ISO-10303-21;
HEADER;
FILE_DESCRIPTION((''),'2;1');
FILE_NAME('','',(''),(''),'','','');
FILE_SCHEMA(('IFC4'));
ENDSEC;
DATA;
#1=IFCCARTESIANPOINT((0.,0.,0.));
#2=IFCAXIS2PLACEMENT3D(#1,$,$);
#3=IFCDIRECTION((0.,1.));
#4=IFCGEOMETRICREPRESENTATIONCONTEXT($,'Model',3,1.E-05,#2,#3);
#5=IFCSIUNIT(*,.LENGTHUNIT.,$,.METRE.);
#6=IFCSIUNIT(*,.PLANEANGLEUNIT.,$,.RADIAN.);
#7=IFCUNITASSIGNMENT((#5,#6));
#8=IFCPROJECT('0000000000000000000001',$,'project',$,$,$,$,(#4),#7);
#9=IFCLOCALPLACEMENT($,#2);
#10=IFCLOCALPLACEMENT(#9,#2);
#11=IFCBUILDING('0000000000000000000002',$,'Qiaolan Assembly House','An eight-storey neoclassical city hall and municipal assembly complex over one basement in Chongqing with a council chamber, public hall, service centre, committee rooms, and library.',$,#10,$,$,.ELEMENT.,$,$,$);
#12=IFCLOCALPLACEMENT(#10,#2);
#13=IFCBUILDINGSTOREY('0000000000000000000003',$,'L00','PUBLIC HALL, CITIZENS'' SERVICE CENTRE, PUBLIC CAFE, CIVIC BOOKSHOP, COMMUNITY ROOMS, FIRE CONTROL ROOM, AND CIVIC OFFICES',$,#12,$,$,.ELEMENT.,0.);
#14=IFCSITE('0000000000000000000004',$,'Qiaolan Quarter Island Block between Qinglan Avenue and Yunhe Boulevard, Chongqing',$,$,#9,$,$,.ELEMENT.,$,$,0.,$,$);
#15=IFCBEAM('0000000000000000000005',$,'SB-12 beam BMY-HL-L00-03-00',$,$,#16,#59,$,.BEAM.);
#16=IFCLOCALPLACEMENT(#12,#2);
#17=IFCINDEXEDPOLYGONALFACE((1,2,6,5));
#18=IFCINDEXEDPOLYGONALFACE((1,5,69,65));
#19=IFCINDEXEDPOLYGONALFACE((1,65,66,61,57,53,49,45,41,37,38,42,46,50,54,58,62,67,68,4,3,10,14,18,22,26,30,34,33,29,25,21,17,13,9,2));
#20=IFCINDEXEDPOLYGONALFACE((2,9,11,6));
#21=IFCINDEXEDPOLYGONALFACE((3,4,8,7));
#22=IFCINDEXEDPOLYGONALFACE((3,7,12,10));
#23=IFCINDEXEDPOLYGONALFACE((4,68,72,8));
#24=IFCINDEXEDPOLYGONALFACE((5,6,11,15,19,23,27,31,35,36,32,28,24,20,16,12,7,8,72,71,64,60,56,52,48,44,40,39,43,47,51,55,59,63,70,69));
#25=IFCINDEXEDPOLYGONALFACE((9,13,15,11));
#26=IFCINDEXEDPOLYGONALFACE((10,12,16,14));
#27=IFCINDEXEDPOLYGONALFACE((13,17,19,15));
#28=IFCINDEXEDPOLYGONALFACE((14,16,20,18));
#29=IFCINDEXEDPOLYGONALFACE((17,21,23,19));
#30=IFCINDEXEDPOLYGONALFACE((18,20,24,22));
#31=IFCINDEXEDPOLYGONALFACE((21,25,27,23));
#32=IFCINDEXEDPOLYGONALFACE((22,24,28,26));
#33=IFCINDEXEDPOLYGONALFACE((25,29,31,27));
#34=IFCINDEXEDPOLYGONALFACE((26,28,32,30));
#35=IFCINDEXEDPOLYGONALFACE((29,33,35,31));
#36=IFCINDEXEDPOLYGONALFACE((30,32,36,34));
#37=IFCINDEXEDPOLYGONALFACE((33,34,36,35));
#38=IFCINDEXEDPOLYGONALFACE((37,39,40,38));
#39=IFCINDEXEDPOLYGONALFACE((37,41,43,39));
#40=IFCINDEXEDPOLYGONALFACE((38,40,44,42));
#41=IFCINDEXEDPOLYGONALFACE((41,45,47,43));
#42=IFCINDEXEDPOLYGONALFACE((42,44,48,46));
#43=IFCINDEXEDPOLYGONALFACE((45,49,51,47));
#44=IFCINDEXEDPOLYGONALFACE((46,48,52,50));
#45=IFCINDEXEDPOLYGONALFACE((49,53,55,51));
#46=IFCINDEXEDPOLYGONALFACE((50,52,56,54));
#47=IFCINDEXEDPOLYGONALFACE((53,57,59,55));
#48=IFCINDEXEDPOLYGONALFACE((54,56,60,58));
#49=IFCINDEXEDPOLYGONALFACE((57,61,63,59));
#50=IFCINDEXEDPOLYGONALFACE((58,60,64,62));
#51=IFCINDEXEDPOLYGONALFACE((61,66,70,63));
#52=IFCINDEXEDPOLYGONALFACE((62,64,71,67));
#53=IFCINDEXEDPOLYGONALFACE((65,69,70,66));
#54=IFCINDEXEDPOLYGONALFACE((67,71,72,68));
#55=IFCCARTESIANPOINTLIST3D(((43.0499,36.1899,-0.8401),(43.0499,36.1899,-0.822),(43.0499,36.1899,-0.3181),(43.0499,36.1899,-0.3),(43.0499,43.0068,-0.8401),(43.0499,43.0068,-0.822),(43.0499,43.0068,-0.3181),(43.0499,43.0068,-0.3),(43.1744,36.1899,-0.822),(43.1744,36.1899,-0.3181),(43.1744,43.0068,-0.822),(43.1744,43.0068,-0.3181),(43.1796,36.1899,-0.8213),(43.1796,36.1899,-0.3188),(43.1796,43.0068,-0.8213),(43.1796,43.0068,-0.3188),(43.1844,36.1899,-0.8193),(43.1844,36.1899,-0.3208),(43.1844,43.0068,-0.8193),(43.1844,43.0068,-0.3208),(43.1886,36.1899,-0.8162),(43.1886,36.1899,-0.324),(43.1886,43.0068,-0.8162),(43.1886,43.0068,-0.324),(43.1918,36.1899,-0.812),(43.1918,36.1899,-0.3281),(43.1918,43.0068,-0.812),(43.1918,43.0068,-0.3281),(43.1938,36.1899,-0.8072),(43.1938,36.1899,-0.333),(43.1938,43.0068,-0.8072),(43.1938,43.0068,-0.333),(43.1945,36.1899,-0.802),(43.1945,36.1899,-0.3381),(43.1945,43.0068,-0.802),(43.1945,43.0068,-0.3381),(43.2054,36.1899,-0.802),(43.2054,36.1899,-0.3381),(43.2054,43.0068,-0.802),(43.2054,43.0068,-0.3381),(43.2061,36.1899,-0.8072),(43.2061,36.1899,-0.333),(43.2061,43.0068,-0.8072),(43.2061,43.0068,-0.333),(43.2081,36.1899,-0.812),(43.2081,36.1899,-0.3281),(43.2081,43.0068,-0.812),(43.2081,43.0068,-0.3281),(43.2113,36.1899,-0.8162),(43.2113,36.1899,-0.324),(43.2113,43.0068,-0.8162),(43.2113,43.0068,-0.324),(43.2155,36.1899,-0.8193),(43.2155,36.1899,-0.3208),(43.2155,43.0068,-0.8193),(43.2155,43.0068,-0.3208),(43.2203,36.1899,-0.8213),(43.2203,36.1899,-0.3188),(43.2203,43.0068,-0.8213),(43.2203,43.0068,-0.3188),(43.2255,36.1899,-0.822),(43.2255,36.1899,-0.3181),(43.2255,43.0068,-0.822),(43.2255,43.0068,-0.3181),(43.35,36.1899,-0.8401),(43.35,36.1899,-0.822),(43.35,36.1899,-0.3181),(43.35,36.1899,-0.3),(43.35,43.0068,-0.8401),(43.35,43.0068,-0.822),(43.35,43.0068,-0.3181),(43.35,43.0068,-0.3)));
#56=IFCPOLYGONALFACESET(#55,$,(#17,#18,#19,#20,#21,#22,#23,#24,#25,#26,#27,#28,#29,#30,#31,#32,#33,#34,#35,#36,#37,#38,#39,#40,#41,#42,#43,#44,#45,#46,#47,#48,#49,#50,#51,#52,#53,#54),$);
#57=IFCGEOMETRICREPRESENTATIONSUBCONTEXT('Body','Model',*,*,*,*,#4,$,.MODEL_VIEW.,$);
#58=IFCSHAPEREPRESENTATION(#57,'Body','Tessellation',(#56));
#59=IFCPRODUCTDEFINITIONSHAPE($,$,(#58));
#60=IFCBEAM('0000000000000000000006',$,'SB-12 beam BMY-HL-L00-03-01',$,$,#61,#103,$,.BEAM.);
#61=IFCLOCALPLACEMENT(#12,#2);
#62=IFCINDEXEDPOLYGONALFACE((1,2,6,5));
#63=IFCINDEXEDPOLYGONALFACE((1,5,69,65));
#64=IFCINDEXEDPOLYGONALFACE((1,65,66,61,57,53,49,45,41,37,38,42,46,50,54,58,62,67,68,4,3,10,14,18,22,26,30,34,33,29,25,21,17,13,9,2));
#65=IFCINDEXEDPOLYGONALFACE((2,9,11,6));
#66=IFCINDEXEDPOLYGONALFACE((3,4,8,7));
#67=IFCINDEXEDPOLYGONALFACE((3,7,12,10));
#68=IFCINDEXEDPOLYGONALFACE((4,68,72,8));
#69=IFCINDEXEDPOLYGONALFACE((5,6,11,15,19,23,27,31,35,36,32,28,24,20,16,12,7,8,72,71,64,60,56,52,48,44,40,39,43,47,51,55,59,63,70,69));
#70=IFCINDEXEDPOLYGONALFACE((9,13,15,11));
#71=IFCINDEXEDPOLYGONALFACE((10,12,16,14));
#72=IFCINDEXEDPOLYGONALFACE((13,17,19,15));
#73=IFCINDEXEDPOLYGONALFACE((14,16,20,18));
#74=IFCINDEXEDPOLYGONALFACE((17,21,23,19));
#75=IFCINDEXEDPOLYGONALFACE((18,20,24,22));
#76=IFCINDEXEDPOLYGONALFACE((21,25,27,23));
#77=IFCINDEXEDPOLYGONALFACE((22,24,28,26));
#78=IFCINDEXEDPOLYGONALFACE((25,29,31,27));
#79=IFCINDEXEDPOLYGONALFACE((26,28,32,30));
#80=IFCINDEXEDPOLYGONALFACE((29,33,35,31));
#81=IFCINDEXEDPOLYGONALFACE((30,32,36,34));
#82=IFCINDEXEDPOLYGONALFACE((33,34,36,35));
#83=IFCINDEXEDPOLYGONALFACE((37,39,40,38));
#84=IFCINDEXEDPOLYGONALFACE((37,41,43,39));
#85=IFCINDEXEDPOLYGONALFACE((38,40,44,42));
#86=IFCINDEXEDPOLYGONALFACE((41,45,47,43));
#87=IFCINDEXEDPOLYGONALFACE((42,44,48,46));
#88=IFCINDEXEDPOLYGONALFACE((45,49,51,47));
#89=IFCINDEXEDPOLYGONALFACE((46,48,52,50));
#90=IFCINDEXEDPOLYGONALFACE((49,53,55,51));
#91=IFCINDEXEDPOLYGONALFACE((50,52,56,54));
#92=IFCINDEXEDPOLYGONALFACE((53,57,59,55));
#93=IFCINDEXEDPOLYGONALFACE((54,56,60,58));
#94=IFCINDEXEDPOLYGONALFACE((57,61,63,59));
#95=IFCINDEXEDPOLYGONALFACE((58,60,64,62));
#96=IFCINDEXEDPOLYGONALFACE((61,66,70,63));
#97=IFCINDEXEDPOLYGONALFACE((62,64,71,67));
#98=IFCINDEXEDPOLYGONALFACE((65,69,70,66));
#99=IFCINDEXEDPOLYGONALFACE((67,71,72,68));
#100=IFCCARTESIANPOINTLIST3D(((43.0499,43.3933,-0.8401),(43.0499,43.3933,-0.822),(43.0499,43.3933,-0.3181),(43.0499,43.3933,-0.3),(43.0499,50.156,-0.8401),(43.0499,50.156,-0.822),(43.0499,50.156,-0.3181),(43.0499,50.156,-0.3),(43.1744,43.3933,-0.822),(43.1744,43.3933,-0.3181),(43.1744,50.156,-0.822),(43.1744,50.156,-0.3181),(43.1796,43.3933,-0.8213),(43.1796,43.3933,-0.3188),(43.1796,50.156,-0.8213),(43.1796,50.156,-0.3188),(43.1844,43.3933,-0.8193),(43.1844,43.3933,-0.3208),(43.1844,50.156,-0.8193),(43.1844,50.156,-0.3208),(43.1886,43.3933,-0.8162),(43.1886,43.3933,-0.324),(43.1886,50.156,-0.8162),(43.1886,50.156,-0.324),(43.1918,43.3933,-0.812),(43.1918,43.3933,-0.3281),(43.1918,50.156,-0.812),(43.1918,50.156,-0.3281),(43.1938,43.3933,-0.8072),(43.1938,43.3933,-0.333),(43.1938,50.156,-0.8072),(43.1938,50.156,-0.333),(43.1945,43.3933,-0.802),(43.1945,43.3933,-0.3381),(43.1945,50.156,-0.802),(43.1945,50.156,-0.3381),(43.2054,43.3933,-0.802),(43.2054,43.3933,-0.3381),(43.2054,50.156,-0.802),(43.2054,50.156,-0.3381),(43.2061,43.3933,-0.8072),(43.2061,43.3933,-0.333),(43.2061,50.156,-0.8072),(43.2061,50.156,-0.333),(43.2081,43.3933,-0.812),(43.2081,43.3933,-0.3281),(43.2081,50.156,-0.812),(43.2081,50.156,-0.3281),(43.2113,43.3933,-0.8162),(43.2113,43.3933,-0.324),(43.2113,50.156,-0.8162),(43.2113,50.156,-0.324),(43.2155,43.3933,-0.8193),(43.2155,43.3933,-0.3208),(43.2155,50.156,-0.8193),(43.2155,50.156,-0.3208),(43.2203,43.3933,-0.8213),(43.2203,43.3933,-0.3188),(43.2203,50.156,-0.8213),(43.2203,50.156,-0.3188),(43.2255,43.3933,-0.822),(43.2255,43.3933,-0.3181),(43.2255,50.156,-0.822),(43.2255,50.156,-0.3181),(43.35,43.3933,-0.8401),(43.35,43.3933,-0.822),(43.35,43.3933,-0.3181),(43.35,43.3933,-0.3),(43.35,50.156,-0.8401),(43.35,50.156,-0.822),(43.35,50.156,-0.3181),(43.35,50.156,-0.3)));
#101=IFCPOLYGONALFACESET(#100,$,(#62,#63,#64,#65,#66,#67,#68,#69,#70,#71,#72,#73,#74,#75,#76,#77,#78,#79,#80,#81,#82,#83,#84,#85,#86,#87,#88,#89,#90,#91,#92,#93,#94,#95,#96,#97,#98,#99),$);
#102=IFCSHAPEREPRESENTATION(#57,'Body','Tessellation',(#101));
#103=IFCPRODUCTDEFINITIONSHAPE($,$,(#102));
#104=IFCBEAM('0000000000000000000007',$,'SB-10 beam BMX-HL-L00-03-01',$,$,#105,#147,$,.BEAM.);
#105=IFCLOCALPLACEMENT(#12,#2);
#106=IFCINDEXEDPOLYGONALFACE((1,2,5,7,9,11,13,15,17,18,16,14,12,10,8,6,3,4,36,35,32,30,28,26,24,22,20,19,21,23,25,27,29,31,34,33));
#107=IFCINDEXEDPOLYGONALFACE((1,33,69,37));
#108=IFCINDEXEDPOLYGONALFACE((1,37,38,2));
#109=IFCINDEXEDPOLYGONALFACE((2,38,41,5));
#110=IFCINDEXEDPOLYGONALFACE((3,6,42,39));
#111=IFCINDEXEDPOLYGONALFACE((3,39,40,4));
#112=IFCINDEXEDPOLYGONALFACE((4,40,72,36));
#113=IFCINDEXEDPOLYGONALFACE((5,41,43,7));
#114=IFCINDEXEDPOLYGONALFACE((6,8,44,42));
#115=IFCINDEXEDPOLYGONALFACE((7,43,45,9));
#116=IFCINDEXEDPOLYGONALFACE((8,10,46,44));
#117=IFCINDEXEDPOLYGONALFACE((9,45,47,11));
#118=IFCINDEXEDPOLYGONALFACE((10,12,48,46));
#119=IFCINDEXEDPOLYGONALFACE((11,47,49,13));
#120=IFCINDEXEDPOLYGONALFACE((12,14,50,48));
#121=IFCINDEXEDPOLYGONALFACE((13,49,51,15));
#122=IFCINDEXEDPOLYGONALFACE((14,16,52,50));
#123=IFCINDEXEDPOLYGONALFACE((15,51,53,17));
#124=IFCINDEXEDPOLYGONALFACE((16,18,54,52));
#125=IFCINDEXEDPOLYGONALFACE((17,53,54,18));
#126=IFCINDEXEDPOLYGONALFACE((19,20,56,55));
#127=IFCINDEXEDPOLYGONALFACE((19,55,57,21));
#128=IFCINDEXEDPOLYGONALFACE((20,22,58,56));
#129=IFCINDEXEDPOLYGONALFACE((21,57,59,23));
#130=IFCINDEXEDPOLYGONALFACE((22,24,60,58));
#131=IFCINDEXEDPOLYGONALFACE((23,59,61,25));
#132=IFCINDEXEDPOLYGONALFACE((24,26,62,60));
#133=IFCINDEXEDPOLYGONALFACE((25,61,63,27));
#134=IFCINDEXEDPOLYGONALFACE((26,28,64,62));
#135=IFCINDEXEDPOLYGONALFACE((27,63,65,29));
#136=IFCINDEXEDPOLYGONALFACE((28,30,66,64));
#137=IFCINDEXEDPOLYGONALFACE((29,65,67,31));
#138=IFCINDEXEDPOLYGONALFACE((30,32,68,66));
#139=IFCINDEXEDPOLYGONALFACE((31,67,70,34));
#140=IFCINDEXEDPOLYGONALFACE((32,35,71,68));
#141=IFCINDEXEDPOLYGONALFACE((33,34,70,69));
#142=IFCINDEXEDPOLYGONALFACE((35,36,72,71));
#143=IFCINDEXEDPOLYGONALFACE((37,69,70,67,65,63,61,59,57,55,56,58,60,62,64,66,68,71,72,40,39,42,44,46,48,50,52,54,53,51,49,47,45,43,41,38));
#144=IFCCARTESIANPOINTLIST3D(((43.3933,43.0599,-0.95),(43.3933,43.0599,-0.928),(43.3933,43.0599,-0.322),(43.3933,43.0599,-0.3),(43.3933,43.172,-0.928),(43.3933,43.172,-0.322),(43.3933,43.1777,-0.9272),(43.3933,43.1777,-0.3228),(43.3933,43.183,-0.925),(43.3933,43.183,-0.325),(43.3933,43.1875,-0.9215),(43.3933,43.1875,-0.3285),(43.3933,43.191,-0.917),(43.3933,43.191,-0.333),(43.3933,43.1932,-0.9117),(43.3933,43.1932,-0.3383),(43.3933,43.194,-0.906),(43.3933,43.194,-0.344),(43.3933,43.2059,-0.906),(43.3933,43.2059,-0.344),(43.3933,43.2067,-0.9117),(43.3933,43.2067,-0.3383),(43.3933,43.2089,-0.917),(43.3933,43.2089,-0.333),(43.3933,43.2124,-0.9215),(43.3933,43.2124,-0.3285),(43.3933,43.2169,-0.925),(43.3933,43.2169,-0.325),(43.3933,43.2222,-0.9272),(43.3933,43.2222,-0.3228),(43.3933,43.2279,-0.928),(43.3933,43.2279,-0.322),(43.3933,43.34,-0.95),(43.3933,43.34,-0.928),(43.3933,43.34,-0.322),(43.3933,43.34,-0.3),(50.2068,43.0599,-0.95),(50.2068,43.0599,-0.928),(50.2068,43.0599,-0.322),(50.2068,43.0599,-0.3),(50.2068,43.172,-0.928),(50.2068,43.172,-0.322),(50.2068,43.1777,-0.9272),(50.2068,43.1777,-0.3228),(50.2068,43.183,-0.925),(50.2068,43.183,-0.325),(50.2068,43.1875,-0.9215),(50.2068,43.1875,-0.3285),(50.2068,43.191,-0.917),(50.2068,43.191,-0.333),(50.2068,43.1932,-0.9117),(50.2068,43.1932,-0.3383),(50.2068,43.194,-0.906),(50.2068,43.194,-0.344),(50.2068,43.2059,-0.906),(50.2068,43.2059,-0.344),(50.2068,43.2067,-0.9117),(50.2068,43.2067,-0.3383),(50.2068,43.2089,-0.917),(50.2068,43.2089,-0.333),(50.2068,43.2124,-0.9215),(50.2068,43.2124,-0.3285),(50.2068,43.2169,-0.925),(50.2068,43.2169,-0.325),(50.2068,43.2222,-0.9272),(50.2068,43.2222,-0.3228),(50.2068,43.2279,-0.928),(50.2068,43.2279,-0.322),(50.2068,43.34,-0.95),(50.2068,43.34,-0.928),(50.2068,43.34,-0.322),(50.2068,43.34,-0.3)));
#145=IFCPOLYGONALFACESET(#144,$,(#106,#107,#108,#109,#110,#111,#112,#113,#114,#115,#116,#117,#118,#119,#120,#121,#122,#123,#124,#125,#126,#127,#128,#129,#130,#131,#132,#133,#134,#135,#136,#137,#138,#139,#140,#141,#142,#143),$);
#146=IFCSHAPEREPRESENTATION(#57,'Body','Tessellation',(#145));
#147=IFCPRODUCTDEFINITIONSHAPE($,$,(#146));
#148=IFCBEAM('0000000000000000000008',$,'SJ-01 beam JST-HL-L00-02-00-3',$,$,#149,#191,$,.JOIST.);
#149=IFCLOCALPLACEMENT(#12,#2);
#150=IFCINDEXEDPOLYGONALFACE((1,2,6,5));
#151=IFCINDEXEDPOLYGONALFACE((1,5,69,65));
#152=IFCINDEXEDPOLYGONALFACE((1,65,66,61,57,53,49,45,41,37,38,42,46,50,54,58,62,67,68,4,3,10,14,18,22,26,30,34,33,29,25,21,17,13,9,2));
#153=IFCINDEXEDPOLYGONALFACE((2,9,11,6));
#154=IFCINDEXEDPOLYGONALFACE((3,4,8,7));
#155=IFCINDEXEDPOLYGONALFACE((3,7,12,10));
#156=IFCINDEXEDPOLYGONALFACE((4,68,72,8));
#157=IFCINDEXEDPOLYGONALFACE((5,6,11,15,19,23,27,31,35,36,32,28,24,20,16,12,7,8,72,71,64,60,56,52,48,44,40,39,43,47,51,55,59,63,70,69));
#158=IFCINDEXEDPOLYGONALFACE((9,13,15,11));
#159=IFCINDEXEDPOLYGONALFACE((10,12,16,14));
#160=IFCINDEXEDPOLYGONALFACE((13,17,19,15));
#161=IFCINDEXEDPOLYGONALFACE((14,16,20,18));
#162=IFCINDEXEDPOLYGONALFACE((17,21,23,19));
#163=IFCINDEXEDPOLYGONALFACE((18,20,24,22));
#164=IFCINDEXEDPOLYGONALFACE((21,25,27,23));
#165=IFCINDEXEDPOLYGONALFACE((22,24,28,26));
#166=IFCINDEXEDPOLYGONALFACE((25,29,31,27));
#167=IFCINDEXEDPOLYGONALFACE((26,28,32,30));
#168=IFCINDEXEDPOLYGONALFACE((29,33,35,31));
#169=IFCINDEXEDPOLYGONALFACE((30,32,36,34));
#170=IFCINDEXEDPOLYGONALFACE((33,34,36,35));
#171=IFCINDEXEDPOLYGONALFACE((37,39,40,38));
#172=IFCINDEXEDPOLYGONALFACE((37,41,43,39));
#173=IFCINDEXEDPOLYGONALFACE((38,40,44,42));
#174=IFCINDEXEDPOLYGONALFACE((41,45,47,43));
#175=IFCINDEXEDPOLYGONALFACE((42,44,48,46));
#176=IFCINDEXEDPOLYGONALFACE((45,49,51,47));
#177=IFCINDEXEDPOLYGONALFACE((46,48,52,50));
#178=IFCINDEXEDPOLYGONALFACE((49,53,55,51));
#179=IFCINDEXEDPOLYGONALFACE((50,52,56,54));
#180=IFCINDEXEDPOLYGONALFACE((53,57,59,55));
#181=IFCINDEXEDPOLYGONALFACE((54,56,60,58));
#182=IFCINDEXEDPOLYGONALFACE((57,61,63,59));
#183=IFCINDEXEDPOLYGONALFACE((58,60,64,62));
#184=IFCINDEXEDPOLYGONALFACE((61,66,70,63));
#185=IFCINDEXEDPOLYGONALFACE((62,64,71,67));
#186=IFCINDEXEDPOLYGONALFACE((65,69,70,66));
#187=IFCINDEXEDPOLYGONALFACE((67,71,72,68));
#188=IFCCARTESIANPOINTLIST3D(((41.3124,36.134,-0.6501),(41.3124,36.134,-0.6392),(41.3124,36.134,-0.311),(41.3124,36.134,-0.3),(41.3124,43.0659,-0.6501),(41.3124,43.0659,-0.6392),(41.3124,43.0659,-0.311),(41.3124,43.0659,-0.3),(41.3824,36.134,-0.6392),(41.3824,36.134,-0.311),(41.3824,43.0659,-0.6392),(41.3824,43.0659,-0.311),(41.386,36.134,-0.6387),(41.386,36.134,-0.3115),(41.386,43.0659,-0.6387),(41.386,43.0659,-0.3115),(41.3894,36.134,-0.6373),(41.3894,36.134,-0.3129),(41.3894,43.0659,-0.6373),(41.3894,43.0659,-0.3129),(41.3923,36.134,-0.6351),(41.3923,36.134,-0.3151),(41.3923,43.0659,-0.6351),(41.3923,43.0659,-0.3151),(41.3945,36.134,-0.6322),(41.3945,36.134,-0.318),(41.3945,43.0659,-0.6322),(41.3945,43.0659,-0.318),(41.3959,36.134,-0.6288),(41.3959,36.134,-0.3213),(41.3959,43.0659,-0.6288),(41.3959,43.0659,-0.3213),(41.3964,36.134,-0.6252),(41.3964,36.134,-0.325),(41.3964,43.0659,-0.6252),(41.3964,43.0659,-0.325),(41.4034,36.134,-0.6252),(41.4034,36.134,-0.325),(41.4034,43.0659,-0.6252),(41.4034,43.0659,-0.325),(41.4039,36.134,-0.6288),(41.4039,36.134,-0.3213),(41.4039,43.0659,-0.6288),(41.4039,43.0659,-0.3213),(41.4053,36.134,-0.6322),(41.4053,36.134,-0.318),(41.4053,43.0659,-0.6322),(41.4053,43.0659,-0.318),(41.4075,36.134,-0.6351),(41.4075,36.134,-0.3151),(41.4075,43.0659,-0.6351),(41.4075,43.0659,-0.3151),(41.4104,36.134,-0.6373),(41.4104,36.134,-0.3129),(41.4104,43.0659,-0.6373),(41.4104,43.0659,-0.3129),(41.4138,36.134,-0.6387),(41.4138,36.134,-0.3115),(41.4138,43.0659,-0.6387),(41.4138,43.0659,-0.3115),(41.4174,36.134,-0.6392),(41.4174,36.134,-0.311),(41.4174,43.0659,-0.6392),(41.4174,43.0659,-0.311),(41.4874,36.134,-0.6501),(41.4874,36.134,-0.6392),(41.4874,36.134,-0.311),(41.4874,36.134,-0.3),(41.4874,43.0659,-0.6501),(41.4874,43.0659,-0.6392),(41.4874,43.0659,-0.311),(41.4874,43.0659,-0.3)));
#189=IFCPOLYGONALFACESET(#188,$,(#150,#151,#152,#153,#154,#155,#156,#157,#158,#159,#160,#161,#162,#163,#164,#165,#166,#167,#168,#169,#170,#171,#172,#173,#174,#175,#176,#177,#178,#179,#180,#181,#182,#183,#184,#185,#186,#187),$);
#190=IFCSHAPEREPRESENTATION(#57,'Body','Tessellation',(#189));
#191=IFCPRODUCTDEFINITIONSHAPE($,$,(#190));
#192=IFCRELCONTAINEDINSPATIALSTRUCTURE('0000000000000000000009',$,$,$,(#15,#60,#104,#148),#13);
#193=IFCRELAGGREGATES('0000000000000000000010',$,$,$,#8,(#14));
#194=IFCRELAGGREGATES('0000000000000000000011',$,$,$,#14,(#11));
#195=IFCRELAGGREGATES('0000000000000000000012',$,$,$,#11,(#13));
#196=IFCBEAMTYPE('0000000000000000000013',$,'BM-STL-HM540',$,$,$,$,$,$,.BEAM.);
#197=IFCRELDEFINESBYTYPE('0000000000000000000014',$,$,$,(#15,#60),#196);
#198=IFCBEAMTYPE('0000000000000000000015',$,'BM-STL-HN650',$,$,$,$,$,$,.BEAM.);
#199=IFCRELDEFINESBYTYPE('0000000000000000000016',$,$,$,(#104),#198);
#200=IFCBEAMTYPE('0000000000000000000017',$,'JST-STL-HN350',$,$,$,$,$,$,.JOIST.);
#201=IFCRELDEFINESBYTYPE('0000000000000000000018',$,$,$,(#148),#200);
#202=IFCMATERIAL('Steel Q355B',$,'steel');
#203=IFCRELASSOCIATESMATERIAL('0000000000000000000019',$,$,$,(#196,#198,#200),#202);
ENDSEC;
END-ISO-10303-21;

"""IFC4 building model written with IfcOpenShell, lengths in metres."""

from ifc_helpers import new_model, si_unit, direction, frame, origin, origin_2d, place, context, subcontext, project, spatial, i_section, extrude, material, material_profile, profile_set, type_object, element, save


model = new_model("IFC4")

# Units and contexts
model_context = context("Model", 3, precision=1e-05, world=origin(), true_north=direction((0.0, 1.0)))
body_context = subcontext(model_context, "Body", "Model", "MODEL_VIEW")
ifc_project = project(units=[si_unit("LENGTHUNIT", "METRE"), si_unit("PLANEANGLEUNIT", "RADIAN")], contexts=[model_context])

# Site, building, storey
site_placement = place(None, origin())
site = spatial("IfcSite", under=ifc_project, at=site_placement, Name="Qiaolan Quarter Island Block between Qinglan Avenue and Yunhe Boulevard, Chongqing", CompositionType="ELEMENT", RefElevation=0.0)
building_placement = place(site_placement, origin())
building = spatial("IfcBuilding", under=site, at=building_placement, Name="Qiaolan Assembly House", Description="An eight-storey neoclassical city hall and municipal assembly complex over one basement in Chongqing with a council chamber, public hall, service centre, committee rooms, and library.", CompositionType="ELEMENT")
storey_placement = place(building_placement, origin())
storey = spatial("IfcBuildingStorey", under=building, at=storey_placement, Name="L00", Description="PUBLIC HALL, CITIZENS' SERVICE CENTRE, PUBLIC CAFE, CIVIC BOOKSHOP, COMMUNITY ROOMS, FIRE CONTROL ROOM, AND CIVIC OFFICES", CompositionType="ELEMENT", Elevation=0.0)

# Shared definitions
ifc_material_1 = material(Name="Steel Q355B", Category="steel")

# Beams
ifc_material_profile_1 = material_profile(ifc_material_1, i_section(OverallWidth=0.3, OverallDepth=0.54, WebThickness=0.011, FlangeThickness=0.0181, FilletRadius=0.02, at=origin_2d()), Name="HM 540x300x11x18")
ifc_profile_set_1 = profile_set([ifc_material_profile_1], Name="Steel Q355B")
beam_type_1 = type_object("IfcBeamType", Name="BM-STL-HM540", PredefinedType="BEAM", material=ifc_profile_set_1)
beam_1_placement = place(storey_placement, frame((43.2, 36.1899, -0.5701), z_axis=(0.0, 1.0, 0.0), x_axis=(-1.0, 0.0, 0.0)))
element("IfcBeam", 1, at=beam_1_placement, inside=storey, type_object=beam_type_1, Name="SB-12 beam BMY-HL-L00-03-00", PredefinedType="BEAM", context=body_context, shape_type="SweptSolid", body=[
    extrude(i_section(OverallWidth=0.3, OverallDepth=0.54, WebThickness=0.011, FlangeThickness=0.0181, FilletRadius=0.02, at=origin_2d()), origin(), (0.0, 0.0, 1.0), 6.8169),
])
beam_2_placement = place(storey_placement, frame((43.2, 43.3933, -0.5701), z_axis=(0.0, 1.0, 0.0), x_axis=(-1.0, 0.0, 0.0)))
element("IfcBeam", 2, at=beam_2_placement, inside=storey, type_object=beam_type_1, Name="SB-12 beam BMY-HL-L00-03-01", PredefinedType="BEAM", context=body_context, shape_type="SweptSolid", body=[
    extrude(i_section(OverallWidth=0.3, OverallDepth=0.54, WebThickness=0.011, FlangeThickness=0.0181, FilletRadius=0.02, at=origin_2d()), origin(), (0.0, 0.0, 1.0), 6.7627),
])
ifc_material_profile_2 = material_profile(ifc_material_1, i_section(OverallWidth=0.28, OverallDepth=0.6499, WebThickness=0.012, FlangeThickness=0.022, FilletRadius=0.022, at=origin_2d()), Name="HN 650x280x12x22")
ifc_profile_set_2 = profile_set([ifc_material_profile_2], Name="Steel Q355B")
beam_type_2 = type_object("IfcBeamType", Name="BM-STL-HN650", PredefinedType="BEAM", material=ifc_profile_set_2)
beam_3_placement = place(storey_placement, frame((43.3933, 43.2, -0.625), z_axis=(1.0, 0.0, 0.0), x_axis=(0.0, 1.0, 0.0)))
element("IfcBeam", 3, at=beam_3_placement, inside=storey, type_object=beam_type_2, Name="SB-10 beam BMX-HL-L00-03-01", PredefinedType="BEAM", context=body_context, shape_type="SweptSolid", body=[
    extrude(i_section(OverallWidth=0.28, OverallDepth=0.6499, WebThickness=0.012, FlangeThickness=0.022, FilletRadius=0.022, at=origin_2d()), origin(), (0.0, 0.0, 1.0), 6.8135),
])
ifc_material_profile_3 = material_profile(ifc_material_1, i_section(OverallWidth=0.175, OverallDepth=0.3501, WebThickness=0.0071, FlangeThickness=0.011, FilletRadius=0.0139, at=origin_2d()), Name="HN 350x175x7x11")
ifc_profile_set_3 = profile_set([ifc_material_profile_3], Name="Steel Q355B")
beam_type_3 = type_object("IfcBeamType", Name="JST-STL-HN350", PredefinedType="JOIST", material=ifc_profile_set_3)
beam_4_placement = place(storey_placement, frame((41.3999, 36.134, -0.4751), z_axis=(0.0, 1.0, 0.0), x_axis=(-1.0, 0.0, 0.0)))
element("IfcBeam", 4, at=beam_4_placement, inside=storey, type_object=beam_type_3, Name="SJ-01 beam JST-HL-L00-02-00-3", PredefinedType="JOIST", context=body_context, shape_type="SweptSolid", body=[
    extrude(i_section(OverallWidth=0.175, OverallDepth=0.3501, WebThickness=0.0071, FlangeThickness=0.011, FilletRadius=0.0139, at=origin_2d()), origin(), (0.0, 0.0, 1.0), 6.9319),
])

save(model, "model.ifc")
